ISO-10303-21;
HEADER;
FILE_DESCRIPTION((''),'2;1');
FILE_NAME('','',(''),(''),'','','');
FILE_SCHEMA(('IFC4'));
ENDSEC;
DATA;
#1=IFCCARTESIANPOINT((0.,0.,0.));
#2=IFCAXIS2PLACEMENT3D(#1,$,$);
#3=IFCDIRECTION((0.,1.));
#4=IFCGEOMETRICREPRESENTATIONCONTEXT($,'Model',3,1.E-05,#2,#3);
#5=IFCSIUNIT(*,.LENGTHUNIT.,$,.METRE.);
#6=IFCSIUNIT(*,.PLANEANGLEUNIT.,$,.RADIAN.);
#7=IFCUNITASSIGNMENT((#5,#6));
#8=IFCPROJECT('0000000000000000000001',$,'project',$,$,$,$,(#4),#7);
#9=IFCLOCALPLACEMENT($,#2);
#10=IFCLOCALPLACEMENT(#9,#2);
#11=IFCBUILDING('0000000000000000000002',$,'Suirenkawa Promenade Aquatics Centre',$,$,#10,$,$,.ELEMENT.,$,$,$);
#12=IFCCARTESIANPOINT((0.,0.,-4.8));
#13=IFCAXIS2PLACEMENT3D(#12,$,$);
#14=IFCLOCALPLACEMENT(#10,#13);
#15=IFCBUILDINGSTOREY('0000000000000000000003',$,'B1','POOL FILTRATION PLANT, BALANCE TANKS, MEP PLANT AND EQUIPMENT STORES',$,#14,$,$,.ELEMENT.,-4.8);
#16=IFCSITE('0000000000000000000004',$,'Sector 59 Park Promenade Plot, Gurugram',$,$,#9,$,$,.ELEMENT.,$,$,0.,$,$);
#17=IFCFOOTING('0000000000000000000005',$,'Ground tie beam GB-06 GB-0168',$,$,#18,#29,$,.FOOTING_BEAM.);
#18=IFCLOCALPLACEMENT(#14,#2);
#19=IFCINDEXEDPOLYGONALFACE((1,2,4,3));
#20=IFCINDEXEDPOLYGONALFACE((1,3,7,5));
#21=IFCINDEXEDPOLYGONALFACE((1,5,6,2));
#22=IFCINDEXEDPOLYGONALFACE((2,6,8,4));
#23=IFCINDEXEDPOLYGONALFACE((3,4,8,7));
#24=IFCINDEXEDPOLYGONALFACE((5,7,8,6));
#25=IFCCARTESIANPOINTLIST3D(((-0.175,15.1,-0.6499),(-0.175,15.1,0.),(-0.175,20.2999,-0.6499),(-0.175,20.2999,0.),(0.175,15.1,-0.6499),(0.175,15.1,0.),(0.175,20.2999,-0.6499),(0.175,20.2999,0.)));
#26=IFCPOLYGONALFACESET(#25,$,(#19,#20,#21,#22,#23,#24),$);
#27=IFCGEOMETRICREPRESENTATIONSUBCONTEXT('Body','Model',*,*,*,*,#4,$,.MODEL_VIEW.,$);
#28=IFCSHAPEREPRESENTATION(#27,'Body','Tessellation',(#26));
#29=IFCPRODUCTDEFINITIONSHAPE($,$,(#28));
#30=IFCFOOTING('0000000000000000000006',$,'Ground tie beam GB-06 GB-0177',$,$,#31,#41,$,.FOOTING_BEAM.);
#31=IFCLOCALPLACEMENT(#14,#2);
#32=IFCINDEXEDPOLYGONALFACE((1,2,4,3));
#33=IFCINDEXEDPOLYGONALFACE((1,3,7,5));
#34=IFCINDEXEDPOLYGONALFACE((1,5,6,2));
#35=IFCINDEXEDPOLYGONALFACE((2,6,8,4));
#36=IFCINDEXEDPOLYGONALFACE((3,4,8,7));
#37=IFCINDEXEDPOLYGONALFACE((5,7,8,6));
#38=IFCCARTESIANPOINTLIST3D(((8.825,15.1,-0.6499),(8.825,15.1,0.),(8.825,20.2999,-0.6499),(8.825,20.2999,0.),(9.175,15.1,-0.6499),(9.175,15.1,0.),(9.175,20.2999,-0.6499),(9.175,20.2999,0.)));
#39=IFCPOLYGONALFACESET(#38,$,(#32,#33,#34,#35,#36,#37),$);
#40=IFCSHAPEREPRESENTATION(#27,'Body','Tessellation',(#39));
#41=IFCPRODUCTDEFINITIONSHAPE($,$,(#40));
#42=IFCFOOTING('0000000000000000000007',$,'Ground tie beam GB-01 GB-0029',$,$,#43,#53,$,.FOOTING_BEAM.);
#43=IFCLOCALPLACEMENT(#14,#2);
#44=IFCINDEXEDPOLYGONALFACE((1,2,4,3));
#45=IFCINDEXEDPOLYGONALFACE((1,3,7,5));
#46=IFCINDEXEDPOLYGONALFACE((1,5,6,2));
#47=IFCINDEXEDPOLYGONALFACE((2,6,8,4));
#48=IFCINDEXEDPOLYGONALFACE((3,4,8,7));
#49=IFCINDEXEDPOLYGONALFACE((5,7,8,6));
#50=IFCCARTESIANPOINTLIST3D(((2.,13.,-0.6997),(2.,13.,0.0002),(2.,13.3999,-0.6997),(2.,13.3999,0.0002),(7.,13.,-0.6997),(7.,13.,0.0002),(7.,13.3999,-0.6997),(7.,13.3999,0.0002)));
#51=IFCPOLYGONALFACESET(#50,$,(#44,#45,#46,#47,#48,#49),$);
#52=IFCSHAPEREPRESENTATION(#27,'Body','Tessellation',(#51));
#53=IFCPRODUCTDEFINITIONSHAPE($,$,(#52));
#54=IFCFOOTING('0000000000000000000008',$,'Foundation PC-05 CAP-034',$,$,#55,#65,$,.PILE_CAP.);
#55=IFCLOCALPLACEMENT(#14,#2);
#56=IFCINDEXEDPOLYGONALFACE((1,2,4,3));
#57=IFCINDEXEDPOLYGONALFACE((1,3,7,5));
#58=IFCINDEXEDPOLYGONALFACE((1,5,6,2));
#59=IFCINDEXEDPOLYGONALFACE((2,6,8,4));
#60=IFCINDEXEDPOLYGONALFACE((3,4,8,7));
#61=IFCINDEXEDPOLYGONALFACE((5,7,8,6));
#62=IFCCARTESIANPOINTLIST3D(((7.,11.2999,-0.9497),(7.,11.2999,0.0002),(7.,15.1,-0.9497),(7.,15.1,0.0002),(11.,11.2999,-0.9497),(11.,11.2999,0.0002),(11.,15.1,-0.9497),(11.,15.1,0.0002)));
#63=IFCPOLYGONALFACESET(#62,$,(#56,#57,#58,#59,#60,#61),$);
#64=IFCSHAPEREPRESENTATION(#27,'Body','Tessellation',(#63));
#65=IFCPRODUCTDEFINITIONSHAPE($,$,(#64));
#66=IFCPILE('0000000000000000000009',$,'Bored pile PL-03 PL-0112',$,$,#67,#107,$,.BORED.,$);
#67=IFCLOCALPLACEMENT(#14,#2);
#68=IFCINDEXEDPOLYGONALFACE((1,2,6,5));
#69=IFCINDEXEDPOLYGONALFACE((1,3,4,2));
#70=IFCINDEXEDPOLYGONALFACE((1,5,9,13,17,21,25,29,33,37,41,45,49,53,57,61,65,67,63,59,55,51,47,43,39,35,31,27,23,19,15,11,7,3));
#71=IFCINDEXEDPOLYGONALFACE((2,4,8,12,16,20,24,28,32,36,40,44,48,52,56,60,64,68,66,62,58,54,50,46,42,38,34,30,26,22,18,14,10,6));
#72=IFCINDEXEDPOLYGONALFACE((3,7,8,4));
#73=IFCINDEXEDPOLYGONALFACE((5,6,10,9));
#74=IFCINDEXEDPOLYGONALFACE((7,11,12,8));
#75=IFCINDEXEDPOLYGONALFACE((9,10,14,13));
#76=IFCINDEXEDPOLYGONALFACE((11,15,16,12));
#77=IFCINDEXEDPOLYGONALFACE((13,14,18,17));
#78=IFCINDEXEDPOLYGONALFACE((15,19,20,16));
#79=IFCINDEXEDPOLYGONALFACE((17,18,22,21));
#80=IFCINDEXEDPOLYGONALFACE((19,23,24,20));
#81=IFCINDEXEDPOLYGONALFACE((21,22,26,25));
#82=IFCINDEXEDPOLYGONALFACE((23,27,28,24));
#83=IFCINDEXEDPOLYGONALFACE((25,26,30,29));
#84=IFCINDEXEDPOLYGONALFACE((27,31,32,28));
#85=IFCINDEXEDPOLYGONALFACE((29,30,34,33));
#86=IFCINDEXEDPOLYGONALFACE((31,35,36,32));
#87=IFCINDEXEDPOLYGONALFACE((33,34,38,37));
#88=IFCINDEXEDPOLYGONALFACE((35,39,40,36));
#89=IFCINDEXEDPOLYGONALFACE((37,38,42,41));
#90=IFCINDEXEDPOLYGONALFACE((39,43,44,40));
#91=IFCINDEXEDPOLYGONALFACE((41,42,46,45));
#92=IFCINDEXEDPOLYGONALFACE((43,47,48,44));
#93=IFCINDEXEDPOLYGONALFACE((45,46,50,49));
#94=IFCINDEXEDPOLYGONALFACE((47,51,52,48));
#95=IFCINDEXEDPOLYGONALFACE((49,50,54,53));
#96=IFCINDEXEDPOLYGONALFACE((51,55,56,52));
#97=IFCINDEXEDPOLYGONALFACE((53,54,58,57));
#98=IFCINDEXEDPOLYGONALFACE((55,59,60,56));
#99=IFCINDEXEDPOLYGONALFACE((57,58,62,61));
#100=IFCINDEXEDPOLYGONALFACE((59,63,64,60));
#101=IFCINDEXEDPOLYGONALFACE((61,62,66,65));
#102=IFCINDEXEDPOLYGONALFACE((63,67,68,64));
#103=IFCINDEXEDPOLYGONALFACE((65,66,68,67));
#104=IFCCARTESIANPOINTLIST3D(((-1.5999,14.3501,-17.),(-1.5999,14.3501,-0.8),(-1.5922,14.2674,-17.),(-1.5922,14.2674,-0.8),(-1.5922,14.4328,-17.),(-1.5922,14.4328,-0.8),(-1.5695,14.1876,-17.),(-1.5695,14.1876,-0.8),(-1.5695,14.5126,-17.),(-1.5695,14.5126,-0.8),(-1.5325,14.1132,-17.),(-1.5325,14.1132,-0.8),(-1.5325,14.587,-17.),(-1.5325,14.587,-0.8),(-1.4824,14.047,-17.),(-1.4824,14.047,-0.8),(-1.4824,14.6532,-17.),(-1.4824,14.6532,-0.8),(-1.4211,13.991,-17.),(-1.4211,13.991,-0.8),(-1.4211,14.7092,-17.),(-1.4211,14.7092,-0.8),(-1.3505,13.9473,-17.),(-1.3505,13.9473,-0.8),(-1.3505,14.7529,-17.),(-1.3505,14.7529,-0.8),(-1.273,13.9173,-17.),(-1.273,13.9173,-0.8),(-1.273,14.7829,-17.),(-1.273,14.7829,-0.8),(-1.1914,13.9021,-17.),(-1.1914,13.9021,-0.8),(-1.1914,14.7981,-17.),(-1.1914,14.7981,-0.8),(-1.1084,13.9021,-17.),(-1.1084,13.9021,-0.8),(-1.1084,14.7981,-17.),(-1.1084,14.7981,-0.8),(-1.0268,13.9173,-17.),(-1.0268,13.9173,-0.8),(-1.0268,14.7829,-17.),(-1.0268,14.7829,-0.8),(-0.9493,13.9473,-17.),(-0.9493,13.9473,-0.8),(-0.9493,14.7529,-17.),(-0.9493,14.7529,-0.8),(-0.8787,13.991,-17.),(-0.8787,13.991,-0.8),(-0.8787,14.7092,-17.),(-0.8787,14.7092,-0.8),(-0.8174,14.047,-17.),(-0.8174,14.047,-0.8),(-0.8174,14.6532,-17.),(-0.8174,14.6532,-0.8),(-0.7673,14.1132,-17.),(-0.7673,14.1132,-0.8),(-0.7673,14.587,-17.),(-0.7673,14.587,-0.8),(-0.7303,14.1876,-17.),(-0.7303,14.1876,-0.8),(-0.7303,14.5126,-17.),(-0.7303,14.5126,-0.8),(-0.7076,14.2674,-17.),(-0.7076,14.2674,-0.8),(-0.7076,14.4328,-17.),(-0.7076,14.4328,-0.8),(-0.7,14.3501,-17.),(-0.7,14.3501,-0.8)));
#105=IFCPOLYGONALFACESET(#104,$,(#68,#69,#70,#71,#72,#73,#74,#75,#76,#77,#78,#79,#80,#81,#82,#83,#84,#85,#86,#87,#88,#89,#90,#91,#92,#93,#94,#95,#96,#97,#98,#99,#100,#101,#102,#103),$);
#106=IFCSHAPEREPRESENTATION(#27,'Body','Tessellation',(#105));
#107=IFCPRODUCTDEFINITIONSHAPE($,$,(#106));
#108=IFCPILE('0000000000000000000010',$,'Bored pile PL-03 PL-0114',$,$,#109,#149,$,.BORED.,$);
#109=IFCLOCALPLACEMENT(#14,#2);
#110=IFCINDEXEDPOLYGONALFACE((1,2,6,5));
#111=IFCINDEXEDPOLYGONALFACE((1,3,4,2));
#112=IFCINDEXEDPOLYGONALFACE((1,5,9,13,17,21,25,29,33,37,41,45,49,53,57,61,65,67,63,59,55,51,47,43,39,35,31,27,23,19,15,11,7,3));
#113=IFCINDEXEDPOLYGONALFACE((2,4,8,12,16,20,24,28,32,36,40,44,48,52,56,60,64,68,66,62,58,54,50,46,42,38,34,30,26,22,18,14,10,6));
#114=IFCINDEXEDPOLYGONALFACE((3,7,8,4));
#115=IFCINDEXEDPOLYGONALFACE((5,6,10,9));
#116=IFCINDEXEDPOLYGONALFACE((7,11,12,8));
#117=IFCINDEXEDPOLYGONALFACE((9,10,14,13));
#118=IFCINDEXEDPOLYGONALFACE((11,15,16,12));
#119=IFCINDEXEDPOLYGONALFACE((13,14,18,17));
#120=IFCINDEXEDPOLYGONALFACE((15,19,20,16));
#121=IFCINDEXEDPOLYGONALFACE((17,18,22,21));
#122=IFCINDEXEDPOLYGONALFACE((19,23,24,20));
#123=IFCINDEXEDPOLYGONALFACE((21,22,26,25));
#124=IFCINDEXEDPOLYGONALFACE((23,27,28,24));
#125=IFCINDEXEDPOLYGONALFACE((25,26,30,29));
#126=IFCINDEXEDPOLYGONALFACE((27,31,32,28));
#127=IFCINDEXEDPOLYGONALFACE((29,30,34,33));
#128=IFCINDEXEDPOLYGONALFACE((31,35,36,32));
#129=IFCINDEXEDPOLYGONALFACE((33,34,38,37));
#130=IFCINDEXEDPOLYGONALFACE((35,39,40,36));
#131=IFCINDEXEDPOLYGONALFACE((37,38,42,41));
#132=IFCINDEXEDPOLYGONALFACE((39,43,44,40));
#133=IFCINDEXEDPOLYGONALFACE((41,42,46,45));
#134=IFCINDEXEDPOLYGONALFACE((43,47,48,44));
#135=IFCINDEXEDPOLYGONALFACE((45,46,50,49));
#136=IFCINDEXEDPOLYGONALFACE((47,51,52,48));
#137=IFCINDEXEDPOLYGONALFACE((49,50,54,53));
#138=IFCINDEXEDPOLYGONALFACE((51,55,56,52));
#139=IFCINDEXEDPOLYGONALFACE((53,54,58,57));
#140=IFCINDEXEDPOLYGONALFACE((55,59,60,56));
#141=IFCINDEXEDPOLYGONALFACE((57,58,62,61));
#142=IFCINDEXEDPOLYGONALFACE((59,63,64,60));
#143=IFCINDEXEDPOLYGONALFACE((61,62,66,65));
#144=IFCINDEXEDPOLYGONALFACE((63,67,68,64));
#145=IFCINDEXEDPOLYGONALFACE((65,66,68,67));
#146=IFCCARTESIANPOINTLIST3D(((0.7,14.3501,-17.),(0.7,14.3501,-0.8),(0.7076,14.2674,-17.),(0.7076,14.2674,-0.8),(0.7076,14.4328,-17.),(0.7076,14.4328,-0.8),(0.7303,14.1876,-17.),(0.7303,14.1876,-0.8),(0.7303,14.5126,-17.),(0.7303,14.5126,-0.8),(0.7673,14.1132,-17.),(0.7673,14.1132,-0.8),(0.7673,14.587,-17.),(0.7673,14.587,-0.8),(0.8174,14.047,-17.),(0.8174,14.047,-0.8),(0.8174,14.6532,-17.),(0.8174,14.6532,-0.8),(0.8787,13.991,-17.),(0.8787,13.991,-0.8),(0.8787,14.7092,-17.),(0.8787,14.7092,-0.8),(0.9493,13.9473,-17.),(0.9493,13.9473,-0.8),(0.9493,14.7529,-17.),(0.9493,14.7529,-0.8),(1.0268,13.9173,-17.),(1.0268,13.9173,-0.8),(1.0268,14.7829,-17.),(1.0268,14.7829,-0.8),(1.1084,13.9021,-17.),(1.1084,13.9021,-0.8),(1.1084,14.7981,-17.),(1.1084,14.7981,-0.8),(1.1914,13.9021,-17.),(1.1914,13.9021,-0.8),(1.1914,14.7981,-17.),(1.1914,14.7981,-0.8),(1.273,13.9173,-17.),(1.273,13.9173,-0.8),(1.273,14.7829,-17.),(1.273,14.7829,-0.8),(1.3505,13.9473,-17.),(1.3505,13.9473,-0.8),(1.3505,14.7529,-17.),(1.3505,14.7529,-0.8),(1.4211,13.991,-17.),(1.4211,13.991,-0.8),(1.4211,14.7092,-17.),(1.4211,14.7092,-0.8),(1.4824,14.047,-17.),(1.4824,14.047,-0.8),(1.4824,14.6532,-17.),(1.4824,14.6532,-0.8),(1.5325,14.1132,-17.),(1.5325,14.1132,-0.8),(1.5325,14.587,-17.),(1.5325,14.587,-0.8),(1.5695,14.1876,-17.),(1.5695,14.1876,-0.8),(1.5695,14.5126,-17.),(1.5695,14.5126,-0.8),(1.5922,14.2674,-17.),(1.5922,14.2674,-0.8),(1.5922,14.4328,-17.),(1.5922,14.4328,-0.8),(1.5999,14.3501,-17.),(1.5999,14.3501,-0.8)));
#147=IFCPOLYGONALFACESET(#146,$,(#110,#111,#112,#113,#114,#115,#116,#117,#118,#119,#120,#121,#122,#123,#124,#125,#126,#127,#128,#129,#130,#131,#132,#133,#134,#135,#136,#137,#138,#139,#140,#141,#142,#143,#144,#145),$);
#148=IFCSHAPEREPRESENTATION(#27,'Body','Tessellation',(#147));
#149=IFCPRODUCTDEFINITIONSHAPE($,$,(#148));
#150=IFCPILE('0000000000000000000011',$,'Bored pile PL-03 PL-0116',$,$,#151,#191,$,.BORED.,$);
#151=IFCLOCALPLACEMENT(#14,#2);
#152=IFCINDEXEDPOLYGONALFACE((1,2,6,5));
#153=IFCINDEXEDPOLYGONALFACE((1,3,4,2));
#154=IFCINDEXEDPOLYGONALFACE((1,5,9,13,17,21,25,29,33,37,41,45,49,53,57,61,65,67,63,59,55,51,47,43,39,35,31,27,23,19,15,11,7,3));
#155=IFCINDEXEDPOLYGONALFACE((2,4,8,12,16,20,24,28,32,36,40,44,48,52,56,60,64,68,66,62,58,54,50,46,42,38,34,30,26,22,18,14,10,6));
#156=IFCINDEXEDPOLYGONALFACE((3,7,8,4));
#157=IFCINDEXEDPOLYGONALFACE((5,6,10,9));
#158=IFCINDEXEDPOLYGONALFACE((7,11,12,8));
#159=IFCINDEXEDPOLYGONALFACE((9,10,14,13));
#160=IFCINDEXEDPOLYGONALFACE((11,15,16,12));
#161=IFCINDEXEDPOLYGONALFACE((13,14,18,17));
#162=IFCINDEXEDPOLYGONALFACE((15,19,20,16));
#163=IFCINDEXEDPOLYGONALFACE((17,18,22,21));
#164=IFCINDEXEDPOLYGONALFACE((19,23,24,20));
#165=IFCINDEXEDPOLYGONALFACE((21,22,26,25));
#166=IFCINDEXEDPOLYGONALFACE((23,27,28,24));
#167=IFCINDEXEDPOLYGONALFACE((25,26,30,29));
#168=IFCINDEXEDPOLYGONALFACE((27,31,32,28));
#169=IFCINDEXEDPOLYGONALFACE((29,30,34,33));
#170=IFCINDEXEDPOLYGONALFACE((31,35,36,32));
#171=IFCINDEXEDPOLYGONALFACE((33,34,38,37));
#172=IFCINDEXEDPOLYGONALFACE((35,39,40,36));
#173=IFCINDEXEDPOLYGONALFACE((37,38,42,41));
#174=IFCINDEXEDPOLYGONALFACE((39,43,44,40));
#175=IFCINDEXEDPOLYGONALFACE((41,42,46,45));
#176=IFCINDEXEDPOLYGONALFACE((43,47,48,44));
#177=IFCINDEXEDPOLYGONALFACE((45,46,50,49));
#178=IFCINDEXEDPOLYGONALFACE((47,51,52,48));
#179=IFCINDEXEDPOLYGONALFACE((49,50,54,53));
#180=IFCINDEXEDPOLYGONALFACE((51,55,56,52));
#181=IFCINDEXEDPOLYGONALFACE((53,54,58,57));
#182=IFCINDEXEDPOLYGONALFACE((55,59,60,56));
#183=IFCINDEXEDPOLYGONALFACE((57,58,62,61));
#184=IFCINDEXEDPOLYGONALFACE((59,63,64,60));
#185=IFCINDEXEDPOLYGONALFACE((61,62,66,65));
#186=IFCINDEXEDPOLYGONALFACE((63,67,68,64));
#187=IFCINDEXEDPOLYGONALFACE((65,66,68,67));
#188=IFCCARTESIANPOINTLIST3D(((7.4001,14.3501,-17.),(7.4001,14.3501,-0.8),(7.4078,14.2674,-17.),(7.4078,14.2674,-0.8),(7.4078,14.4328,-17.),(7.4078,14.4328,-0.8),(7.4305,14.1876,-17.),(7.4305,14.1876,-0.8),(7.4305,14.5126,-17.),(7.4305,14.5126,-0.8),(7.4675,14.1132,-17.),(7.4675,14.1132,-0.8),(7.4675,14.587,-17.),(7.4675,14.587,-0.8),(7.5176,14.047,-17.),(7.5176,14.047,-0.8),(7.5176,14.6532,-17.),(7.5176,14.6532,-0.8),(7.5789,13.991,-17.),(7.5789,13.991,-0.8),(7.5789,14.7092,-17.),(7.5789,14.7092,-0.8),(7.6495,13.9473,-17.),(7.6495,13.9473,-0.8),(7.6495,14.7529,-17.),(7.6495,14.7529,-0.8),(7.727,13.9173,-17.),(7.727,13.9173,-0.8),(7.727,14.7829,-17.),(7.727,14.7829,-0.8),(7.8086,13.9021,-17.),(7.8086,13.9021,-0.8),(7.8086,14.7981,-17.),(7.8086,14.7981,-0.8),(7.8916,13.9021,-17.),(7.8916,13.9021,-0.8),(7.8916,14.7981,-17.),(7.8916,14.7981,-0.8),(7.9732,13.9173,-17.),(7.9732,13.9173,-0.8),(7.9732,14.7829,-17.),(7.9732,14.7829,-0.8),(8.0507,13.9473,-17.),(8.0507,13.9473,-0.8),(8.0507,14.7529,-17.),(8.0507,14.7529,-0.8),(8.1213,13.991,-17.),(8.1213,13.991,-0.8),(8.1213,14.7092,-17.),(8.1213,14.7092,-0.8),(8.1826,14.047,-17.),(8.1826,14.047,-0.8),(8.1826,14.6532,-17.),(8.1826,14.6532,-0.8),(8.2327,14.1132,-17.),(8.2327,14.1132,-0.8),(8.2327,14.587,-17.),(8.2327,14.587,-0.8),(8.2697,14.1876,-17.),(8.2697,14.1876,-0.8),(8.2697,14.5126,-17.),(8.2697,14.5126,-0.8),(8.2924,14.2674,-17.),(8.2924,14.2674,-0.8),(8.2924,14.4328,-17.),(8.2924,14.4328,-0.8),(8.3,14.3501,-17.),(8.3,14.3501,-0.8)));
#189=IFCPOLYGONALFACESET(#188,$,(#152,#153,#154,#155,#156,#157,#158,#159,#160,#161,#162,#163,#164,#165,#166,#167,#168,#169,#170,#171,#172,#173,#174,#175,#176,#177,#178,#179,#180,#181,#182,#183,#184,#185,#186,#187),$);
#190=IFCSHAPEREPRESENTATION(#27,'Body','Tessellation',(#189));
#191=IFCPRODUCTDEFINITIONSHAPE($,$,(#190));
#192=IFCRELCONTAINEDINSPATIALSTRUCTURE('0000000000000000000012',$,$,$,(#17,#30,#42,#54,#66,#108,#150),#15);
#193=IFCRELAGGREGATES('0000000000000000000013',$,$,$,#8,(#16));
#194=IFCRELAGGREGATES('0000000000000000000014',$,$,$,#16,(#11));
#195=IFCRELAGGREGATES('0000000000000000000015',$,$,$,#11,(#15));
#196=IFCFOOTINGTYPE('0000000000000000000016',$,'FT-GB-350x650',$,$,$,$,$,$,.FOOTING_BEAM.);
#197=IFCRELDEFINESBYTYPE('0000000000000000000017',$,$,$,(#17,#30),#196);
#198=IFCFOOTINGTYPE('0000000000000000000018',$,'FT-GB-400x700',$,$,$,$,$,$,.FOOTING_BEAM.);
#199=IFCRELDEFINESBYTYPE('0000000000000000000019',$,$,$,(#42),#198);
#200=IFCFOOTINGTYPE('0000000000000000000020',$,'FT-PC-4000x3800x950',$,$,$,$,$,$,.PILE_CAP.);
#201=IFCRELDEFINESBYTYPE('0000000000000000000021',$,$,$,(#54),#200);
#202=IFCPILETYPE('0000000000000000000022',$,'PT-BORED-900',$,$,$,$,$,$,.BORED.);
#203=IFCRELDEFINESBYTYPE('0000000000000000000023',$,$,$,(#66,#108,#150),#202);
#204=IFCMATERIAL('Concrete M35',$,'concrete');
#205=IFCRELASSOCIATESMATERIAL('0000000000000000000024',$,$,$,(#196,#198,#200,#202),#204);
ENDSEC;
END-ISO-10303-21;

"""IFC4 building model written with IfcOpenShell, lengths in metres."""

from ifc_helpers import new_model, si_unit, direction, frame, origin, origin_2d, place, context, subcontext, project, spatial, rectangle, circle, extrude, material, material_profile, profile_set, type_object, element, save


model = new_model("IFC4")

# Units and contexts
model_context = context("Model", 3, precision=1e-05, world=origin(), true_north=direction((0.0, 1.0)))
body_context = subcontext(model_context, "Body", "Model", "MODEL_VIEW")
ifc_project = project(units=[si_unit("LENGTHUNIT", "METRE"), si_unit("PLANEANGLEUNIT", "RADIAN")], contexts=[model_context])

# Site, building, storey
site_placement = place(None, origin())
site = spatial("IfcSite", under=ifc_project, at=site_placement, Name="Sector 59 Park Promenade Plot, Gurugram", CompositionType="ELEMENT", RefElevation=0.0)
building_placement = place(site_placement, origin())
building = spatial("IfcBuilding", under=site, at=building_placement, Name="Suirenkawa Promenade Aquatics Centre", CompositionType="ELEMENT")
storey_placement = place(building_placement, frame((0.0, 0.0, -4.8)))
storey = spatial("IfcBuildingStorey", under=building, at=storey_placement, Name="B1", Description="POOL FILTRATION PLANT, BALANCE TANKS, MEP PLANT AND EQUIPMENT STORES", CompositionType="ELEMENT", Elevation=-4.8)

# Footings
ifc_material_1 = material(Name="Concrete M35", Category="concrete")
footing_type_1 = type_object("IfcFootingType", Name="FT-GB-350x650", PredefinedType="FOOTING_BEAM", material=ifc_material_1)
for number, where, z_axis, x_axis, name in (
    (1, (0.0, 17.7, -0.6499), (0.0, 0.0, 1.0), (0.0, 1.0, 0.0), "Ground tie beam GB-06 GB-0168"),
    (2, (9.0, 17.7, -0.6499), (0.0, 0.0, 1.0), (0.0, 1.0, 0.0), "Ground tie beam GB-06 GB-0177"),
):
    element("IfcFooting", number, at=place(storey_placement, frame(where, z_axis=z_axis, x_axis=x_axis)), inside=storey, type_object=footing_type_1, Name=name, PredefinedType="FOOTING_BEAM", context=body_context, shape_type="SweptSolid", body=[
        extrude(rectangle(XDim=5.2, YDim=0.3501, at=origin_2d()), origin(), (0.0, 0.0, 1.0), 0.6499),
    ])
footing_type_2 = type_object("IfcFootingType", Name="FT-GB-400x700", PredefinedType="FOOTING_BEAM", material=ifc_material_1)
footing_1_placement = place(storey_placement, frame((4.5, 13.2, -0.6997), z_axis=(0.0, 0.0, 1.0), x_axis=(1.0, 0.0, 0.0)))
element("IfcFooting", 3, at=footing_1_placement, inside=storey, type_object=footing_type_2, Name="Ground tie beam GB-01 GB-0029", PredefinedType="FOOTING_BEAM", context=body_context, shape_type="SweptSolid", body=[
    extrude(rectangle(XDim=5.0, YDim=0.3999, at=origin_2d()), origin(), (0.0, 0.0, 1.0), 0.7),
])
footing_type_3 = type_object("IfcFootingType", Name="FT-PC-4000x3800x950", PredefinedType="PILE_CAP", material=ifc_material_1)
footing_2_placement = place(storey_placement, frame((9.0, 13.2, -0.9497), z_axis=(0.0, 0.0, 1.0), x_axis=(1.0, 0.0, 0.0)))
element("IfcFooting", 4, at=footing_2_placement, inside=storey, type_object=footing_type_3, Name="Foundation PC-05 CAP-034", PredefinedType="PILE_CAP", context=body_context, shape_type="SweptSolid", body=[
    extrude(rectangle(XDim=4.0, YDim=3.8, at=origin_2d()), origin(), (0.0, 0.0, 1.0), 0.95),
])

# Piles
ifc_material_profile_1 = material_profile(ifc_material_1, circle(Radius=0.45, at=origin_2d()), Name="PILE D900", Category="concrete")
ifc_profile_set_1 = profile_set([ifc_material_profile_1], Name="Concrete M35")
pile_type = type_object("IfcPileType", Name="PT-BORED-900", PredefinedType="BORED", material=ifc_profile_set_1)
for number, where, z_axis, x_axis, name in (
    (5, (-1.1499, 14.3501, -0.8), (0.0, 0.0, -1.0), (1.0, 0.0, 0.0), "Bored pile PL-03 PL-0112"),
    (6, (1.1499, 14.3501, -0.8), (0.0, 0.0, -1.0), (1.0, 0.0, 0.0), "Bored pile PL-03 PL-0114"),
    (7, (7.8501, 14.3501, -0.8), (0.0, 0.0, -1.0), (1.0, 0.0, 0.0), "Bored pile PL-03 PL-0116"),
):
    element("IfcPile", number, at=place(storey_placement, frame(where, z_axis=z_axis, x_axis=x_axis)), inside=storey, type_object=pile_type, Name=name, PredefinedType="BORED", context=body_context, shape_type="SweptSolid", body=[
        extrude(circle(Radius=0.45, at=origin_2d()), origin(), (0.0, 0.0, 1.0), 16.2),
    ])

save(model, "model.ifc")
